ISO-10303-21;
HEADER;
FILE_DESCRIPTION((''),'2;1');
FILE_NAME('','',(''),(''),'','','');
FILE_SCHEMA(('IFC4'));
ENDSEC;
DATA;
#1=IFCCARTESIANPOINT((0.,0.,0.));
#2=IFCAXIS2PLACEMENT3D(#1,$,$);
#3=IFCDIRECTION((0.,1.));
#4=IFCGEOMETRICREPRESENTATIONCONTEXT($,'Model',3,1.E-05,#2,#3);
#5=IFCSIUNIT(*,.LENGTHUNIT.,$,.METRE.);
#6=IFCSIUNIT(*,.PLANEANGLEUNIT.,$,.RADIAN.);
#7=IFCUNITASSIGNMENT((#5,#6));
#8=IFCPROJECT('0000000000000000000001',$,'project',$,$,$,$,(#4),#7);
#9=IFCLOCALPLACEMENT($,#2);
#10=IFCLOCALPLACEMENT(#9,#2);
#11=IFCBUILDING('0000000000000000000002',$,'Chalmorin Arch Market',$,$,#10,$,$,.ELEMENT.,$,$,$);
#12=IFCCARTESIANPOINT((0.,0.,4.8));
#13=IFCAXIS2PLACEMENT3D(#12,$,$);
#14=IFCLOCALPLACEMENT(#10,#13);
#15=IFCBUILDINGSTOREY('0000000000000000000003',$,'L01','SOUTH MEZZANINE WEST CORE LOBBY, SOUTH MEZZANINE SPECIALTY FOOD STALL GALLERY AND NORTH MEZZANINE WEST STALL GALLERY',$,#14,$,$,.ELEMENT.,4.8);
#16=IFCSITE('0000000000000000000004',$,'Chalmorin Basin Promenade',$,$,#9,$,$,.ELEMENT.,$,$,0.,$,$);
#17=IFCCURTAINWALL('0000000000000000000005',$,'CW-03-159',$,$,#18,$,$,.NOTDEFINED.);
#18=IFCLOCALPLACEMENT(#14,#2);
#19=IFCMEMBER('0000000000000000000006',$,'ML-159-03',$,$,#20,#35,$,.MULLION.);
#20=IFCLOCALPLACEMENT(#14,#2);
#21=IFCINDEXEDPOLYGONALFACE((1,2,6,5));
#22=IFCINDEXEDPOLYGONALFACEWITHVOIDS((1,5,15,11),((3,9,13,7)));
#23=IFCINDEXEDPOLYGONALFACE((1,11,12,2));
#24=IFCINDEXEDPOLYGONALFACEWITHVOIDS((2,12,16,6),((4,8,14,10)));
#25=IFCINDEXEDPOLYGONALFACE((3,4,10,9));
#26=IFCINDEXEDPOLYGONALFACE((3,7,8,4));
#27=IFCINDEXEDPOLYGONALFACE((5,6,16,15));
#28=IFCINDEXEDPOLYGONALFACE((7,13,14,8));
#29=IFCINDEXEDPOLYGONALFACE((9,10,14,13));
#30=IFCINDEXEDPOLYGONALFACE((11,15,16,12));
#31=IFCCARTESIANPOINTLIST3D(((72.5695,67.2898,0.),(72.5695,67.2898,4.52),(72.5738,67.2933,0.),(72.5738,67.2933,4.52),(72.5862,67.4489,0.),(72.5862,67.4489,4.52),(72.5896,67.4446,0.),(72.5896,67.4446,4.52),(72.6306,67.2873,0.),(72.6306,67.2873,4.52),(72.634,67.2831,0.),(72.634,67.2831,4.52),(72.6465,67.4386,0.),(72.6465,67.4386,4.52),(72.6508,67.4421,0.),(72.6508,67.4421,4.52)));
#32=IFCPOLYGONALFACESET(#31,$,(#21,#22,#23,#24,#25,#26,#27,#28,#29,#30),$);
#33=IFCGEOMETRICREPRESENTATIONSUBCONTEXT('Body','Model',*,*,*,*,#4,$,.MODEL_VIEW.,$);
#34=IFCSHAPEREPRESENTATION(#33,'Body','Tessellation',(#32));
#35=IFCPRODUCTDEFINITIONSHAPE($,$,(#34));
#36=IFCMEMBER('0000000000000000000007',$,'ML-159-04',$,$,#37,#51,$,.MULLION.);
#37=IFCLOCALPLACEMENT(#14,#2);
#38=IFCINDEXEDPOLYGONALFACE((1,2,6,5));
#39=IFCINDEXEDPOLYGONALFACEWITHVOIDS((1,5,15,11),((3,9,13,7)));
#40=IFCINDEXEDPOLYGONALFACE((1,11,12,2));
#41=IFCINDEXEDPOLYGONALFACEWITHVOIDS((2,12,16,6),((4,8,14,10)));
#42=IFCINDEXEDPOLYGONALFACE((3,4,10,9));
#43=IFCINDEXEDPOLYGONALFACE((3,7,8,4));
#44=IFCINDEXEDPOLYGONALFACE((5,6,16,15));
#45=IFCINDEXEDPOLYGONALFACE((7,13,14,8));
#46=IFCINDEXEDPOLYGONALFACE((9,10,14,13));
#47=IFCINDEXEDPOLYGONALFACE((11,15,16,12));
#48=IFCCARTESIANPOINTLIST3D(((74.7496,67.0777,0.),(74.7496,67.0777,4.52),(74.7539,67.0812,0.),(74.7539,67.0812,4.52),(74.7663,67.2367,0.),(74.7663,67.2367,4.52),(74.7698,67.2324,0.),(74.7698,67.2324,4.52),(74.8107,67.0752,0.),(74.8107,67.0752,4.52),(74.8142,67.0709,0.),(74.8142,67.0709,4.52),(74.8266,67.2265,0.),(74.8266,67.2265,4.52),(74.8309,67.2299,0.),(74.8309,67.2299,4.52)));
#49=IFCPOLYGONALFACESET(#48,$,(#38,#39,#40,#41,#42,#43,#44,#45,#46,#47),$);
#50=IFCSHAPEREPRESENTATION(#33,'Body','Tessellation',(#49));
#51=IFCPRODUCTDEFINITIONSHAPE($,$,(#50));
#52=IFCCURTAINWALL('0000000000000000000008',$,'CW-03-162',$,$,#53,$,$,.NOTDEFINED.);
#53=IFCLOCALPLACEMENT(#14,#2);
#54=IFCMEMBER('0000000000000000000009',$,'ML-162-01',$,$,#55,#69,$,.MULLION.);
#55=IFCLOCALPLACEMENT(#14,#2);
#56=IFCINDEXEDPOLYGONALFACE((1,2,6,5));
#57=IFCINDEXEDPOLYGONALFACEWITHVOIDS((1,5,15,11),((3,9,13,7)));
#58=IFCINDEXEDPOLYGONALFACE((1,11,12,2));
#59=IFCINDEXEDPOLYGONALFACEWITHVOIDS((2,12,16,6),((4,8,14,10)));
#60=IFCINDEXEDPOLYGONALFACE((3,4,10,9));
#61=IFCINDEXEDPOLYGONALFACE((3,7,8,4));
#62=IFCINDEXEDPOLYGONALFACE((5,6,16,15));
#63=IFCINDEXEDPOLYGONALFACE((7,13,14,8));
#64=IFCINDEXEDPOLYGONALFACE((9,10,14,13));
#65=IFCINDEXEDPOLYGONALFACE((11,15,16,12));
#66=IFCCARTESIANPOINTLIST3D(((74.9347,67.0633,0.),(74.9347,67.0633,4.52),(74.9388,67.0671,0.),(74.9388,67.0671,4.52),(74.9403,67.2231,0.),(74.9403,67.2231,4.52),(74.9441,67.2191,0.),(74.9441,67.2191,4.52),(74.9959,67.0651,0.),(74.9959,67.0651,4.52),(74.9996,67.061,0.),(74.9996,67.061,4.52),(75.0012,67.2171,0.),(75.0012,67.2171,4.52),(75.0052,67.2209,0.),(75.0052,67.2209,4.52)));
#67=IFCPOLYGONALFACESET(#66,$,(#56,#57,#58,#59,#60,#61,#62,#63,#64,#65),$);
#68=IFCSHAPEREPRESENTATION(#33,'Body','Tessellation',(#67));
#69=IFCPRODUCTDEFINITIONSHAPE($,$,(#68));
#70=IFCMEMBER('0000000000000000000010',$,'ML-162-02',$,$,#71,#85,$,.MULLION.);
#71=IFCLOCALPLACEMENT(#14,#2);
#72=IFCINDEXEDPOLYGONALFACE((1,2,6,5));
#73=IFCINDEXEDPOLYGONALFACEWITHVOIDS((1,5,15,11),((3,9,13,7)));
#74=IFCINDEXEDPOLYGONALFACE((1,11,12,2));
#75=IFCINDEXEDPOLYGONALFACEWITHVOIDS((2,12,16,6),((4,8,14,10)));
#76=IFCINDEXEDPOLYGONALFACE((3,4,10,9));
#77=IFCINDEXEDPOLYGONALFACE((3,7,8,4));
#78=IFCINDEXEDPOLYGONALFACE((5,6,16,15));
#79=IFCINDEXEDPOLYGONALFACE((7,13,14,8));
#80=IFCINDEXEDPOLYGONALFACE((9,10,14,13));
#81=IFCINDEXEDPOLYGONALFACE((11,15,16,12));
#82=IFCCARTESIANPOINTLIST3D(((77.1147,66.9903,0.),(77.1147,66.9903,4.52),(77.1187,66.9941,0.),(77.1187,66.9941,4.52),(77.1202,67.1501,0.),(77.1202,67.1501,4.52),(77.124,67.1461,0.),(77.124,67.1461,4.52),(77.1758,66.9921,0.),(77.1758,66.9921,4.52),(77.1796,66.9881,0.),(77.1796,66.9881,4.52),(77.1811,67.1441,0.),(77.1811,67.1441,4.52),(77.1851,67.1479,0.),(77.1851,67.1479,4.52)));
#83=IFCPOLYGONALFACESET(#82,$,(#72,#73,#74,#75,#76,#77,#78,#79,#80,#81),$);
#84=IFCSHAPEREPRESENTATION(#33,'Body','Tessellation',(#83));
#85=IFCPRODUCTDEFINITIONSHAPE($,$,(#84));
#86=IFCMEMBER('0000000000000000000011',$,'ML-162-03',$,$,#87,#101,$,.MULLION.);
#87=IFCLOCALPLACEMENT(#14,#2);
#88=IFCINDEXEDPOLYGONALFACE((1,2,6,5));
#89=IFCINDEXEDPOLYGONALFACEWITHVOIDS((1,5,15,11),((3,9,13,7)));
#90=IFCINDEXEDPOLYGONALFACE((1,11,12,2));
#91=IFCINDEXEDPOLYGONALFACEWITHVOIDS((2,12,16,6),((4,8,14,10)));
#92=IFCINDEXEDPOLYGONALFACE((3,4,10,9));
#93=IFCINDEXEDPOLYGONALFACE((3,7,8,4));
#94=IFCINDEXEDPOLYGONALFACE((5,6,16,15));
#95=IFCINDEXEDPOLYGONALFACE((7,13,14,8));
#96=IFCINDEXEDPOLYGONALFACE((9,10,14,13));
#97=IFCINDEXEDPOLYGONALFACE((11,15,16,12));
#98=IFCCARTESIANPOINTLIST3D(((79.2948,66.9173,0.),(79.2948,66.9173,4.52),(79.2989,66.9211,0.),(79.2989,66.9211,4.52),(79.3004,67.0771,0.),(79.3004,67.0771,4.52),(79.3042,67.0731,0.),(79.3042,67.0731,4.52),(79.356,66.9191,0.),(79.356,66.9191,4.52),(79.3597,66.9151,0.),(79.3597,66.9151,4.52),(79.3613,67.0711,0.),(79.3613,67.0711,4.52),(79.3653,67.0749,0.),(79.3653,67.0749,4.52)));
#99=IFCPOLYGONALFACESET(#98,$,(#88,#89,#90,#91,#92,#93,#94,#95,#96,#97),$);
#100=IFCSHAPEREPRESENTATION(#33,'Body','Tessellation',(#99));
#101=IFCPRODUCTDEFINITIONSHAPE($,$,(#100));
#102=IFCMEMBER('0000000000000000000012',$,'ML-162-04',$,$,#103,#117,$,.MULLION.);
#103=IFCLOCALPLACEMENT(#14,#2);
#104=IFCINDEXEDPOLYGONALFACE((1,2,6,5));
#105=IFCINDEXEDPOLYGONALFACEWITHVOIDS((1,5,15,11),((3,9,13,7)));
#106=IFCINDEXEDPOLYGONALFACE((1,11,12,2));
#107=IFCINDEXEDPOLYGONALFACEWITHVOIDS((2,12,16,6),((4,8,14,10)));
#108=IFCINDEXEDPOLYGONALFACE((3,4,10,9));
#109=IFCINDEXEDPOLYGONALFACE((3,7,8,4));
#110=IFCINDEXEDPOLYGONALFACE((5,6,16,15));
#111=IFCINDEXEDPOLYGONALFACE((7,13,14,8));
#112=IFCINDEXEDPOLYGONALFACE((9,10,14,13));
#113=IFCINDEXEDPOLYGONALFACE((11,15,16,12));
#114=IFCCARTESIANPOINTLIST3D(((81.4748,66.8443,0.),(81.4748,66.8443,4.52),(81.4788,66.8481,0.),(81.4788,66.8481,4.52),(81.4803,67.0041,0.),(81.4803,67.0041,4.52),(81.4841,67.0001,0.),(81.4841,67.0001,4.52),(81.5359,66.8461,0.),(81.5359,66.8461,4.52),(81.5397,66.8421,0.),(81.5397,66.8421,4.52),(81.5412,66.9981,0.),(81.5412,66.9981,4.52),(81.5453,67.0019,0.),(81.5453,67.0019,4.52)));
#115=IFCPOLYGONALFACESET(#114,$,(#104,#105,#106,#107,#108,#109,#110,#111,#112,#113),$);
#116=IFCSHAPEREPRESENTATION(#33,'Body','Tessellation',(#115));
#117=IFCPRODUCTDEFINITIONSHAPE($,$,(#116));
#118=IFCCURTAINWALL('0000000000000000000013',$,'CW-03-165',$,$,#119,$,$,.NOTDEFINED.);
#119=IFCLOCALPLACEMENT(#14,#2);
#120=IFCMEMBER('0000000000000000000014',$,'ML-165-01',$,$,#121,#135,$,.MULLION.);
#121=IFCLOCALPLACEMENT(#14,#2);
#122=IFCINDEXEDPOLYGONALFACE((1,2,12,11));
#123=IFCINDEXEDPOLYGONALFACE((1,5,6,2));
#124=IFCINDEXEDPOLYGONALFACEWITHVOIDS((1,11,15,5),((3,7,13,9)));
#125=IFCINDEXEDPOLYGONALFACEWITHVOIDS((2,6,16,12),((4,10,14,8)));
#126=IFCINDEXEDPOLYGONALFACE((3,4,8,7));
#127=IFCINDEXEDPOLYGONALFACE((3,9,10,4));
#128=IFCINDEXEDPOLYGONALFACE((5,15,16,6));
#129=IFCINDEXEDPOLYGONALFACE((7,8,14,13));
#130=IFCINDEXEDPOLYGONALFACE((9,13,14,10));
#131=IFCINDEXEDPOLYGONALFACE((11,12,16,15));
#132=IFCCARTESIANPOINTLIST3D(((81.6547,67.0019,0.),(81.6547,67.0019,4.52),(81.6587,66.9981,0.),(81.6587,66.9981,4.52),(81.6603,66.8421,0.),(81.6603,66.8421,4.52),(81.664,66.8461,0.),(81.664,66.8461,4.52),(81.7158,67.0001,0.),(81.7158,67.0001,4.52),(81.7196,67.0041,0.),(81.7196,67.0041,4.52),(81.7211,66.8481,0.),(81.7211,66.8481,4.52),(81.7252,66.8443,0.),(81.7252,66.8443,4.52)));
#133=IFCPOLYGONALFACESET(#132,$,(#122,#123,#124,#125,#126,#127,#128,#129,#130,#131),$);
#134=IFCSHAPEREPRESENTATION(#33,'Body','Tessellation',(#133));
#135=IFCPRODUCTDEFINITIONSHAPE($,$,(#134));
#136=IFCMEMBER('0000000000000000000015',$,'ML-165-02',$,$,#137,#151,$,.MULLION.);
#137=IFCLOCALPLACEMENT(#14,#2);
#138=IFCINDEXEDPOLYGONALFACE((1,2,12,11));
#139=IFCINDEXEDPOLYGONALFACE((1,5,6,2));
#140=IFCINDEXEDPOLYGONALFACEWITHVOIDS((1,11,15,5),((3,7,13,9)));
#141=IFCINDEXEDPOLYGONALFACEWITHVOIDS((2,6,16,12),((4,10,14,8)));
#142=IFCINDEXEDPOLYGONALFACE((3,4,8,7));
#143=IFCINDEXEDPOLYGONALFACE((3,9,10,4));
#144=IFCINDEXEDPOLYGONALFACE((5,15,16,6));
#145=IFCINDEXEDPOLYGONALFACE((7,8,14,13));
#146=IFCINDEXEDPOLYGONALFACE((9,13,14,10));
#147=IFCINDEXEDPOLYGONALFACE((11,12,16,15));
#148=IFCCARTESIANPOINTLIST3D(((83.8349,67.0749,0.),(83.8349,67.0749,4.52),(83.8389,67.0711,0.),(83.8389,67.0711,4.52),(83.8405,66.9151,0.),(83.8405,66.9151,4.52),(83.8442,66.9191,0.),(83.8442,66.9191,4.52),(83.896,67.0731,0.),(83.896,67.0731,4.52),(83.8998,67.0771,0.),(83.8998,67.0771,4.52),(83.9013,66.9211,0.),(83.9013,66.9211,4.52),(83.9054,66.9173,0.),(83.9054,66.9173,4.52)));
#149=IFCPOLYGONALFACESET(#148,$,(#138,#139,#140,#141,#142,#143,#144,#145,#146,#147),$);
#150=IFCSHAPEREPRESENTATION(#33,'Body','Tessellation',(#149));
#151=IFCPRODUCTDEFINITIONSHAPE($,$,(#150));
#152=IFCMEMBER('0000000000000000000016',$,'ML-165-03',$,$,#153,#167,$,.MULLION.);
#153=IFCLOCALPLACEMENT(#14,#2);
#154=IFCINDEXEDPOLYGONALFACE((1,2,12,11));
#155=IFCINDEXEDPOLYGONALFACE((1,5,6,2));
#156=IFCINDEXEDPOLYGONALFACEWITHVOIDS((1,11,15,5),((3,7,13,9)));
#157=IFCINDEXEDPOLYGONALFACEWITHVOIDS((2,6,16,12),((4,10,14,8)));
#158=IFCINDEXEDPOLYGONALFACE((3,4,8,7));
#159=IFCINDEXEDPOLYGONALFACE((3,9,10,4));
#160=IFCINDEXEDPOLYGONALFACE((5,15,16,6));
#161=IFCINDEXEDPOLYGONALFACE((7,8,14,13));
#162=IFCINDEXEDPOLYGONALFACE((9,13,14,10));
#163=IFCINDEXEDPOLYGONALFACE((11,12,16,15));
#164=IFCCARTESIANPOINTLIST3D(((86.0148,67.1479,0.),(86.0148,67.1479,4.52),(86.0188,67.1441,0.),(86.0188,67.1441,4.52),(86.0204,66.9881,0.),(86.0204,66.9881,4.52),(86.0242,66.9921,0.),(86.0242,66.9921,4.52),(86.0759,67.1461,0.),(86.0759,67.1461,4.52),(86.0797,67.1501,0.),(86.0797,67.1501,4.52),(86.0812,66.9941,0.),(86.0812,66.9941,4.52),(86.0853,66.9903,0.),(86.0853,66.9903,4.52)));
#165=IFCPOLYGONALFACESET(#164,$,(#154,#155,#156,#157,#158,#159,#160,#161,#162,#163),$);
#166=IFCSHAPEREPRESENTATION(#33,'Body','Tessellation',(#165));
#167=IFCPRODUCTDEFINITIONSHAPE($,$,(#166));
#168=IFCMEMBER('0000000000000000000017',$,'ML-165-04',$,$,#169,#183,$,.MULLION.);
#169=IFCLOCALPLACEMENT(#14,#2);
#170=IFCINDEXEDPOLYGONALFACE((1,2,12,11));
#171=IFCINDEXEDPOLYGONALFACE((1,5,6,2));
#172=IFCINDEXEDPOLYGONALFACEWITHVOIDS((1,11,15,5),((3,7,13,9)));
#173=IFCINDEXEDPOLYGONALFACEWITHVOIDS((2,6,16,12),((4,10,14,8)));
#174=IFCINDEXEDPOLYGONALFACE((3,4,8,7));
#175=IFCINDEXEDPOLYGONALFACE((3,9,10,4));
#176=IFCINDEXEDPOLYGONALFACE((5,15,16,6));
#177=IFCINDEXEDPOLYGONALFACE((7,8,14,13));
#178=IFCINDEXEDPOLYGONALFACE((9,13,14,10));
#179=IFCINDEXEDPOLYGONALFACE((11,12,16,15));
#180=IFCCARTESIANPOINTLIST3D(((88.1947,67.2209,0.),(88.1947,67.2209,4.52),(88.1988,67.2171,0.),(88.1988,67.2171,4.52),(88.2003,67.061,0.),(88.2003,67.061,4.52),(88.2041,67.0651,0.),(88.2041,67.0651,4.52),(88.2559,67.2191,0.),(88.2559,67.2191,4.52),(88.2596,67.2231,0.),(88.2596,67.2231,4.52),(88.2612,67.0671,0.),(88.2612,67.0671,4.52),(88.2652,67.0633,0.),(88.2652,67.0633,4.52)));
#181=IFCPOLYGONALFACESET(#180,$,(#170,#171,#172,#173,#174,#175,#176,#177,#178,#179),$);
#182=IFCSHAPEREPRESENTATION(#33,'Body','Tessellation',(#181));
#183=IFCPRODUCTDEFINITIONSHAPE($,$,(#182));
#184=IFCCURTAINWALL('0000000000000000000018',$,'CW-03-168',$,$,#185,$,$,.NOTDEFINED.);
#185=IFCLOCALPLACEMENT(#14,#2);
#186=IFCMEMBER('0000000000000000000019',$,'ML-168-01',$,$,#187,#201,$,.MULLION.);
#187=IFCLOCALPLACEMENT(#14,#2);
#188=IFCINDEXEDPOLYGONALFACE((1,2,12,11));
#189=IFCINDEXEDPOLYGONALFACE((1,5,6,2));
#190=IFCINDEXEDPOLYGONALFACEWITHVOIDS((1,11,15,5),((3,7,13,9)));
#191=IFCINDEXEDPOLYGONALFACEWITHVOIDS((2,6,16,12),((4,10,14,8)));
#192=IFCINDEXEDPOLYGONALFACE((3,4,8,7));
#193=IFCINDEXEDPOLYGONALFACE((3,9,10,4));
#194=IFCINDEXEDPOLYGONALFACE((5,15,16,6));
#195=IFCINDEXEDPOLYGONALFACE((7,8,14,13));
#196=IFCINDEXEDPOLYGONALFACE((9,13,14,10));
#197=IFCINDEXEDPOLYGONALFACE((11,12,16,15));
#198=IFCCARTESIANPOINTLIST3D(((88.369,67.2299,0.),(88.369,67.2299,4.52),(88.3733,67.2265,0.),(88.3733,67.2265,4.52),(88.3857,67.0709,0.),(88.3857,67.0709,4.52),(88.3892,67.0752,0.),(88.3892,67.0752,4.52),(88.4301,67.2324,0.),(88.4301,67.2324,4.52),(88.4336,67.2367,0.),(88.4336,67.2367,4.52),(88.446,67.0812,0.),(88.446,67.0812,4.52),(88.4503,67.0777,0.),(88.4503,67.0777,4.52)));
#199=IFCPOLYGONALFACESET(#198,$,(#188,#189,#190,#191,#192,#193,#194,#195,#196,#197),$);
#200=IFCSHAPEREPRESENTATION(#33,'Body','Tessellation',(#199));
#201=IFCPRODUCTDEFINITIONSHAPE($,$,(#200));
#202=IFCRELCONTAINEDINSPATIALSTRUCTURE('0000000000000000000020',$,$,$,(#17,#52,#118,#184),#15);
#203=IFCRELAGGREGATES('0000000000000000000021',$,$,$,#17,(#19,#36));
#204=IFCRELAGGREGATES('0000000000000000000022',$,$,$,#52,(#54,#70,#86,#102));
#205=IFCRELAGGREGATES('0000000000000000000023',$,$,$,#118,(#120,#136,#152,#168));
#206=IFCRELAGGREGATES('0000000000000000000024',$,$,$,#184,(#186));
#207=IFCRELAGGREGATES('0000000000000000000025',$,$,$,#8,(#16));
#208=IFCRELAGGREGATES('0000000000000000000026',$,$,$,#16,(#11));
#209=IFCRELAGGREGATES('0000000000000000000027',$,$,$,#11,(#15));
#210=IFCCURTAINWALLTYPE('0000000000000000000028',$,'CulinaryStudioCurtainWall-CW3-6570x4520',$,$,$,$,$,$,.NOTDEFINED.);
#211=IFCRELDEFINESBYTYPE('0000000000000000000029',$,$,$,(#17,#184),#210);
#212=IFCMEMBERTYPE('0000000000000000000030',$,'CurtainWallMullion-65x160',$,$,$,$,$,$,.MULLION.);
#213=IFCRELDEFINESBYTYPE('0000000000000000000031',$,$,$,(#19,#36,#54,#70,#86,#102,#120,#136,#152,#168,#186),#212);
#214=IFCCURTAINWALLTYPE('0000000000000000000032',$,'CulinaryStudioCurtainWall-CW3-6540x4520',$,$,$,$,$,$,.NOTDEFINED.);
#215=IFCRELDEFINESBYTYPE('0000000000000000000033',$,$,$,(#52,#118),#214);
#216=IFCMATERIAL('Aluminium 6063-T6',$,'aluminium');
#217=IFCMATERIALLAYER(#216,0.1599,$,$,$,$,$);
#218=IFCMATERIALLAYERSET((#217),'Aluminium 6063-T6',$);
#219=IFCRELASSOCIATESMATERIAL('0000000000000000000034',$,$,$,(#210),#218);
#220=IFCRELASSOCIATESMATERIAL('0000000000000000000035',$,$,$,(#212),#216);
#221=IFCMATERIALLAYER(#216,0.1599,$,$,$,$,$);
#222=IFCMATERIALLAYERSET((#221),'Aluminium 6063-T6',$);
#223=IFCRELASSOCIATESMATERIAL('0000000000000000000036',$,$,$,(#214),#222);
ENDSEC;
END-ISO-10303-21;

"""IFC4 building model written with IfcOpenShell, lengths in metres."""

from ifc_helpers import new_model, si_unit, direction, frame, origin, origin_2d, place, context, subcontext, project, spatial, hollow_rectangle, extrude, material, layer, layer_set, material_profile, profile_set, type_object, element, aggregate, save


model = new_model("IFC4")

# Units and contexts
model_context = context("Model", 3, precision=1e-05, world=origin(), true_north=direction((0.0, 1.0)))
body_context = subcontext(model_context, "Body", "Model", "MODEL_VIEW")
ifc_project = project(units=[si_unit("LENGTHUNIT", "METRE"), si_unit("PLANEANGLEUNIT", "RADIAN")], contexts=[model_context])

# Site, building, storey
site_placement = place(None, origin())
site = spatial("IfcSite", under=ifc_project, at=site_placement, Name="Chalmorin Basin Promenade", CompositionType="ELEMENT", RefElevation=0.0)
building_placement = place(site_placement, origin())
building = spatial("IfcBuilding", under=site, at=building_placement, Name="Chalmorin Arch Market", CompositionType="ELEMENT")
storey_placement = place(building_placement, frame((0.0, 0.0, 4.8)))
storey = spatial("IfcBuildingStorey", under=building, at=storey_placement, Name="L01", Description="SOUTH MEZZANINE WEST CORE LOBBY, SOUTH MEZZANINE SPECIALTY FOOD STALL GALLERY AND NORTH MEZZANINE WEST STALL GALLERY", CompositionType="ELEMENT", Elevation=4.8)

# Curtain walls, members
ifc_material_1 = material(Name="Aluminium 6063-T6", Category="aluminium")
ifc_layer_1 = layer(ifc_material_1, 0.1599)
ifc_layer_set_1 = layer_set([ifc_layer_1], Name="Aluminium 6063-T6")
curtain_wall_type_1 = type_object("IfcCurtainWallType", Name="CulinaryStudioCurtainWall-CW3-6570x4520", PredefinedType="NOTDEFINED", material=ifc_layer_set_1)
curtain_wall_1_placement = place(storey_placement, origin())
curtain_wall_1 = element("IfcCurtainWall", 1, at=curtain_wall_1_placement, inside=storey, type_object=curtain_wall_type_1, Name="CW-03-159", PredefinedType="NOTDEFINED")
ifc_material_profile_1 = material_profile(ifc_material_1, hollow_rectangle(XDim=0.0649, YDim=0.1599, WallThickness=0.0039, at=origin_2d()), Name="ALU65X160X4")
ifc_profile_set_1 = profile_set([ifc_material_profile_1], Name="Aluminium 6063-T6")
member_type_1 = type_object("IfcMemberType", Name="CurtainWallMullion-65x160", PredefinedType="MULLION", material=ifc_profile_set_1)
member_1_placement = place(storey_placement, frame((72.6101, 67.366, 0.0), z_axis=(0.0, 0.0, 1.0), x_axis=(0.994522, -0.104528, 0.0)))
member_1 = element("IfcMember", 2, at=member_1_placement, type_object=member_type_1, Name="ML-159-03", PredefinedType="MULLION", context=body_context, shape_type="SweptSolid", body=[
    extrude(hollow_rectangle(XDim=0.0649, YDim=0.1599, WallThickness=0.0039, at=origin_2d()), origin(), (0.0, 0.0, 1.0), 4.52),
])
member_2_placement = place(storey_placement, frame((74.7903, 67.1538, 0.0), z_axis=(0.0, 0.0, 1.0), x_axis=(0.994522, -0.104528, 0.0)))
member_2 = element("IfcMember", 3, at=member_2_placement, type_object=member_type_1, Name="ML-159-04", PredefinedType="MULLION", context=body_context, shape_type="SweptSolid", body=[
    extrude(hollow_rectangle(XDim=0.0649, YDim=0.1599, WallThickness=0.0039, at=origin_2d()), origin(), (0.0, 0.0, 1.0), 4.52),
])
ifc_layer_2 = layer(ifc_material_1, 0.1599)
ifc_layer_set_2 = layer_set([ifc_layer_2], Name="Aluminium 6063-T6")
curtain_wall_type_2 = type_object("IfcCurtainWallType", Name="CulinaryStudioCurtainWall-CW3-6540x4520", PredefinedType="NOTDEFINED", material=ifc_layer_set_2)
curtain_wall_2_placement = place(storey_placement, origin())
curtain_wall_2 = element("IfcCurtainWall", 4, at=curtain_wall_2_placement, inside=storey, type_object=curtain_wall_type_2, Name="CW-03-162", PredefinedType="NOTDEFINED")
member_3_placement = place(storey_placement, frame((74.97, 67.1421, 0.0), z_axis=(0.0, 0.0, 1.0), x_axis=(0.999391, -0.034899, 0.0)))
member_3 = element("IfcMember", 5, at=member_3_placement, type_object=member_type_1, Name="ML-162-01", PredefinedType="MULLION", context=body_context, shape_type="SweptSolid", body=[
    extrude(hollow_rectangle(XDim=0.0649, YDim=0.1599, WallThickness=0.0039, at=origin_2d()), origin(), (0.0, 0.0, 1.0), 4.52),
])
member_4_placement = place(storey_placement, frame((77.1499, 67.0691, 0.0), z_axis=(0.0, 0.0, 1.0), x_axis=(0.999391, -0.034899, 0.0)))
member_4 = element("IfcMember", 6, at=member_4_placement, type_object=member_type_1, Name="ML-162-02", PredefinedType="MULLION", context=body_context, shape_type="SweptSolid", body=[
    extrude(hollow_rectangle(XDim=0.0649, YDim=0.1599, WallThickness=0.0039, at=origin_2d()), origin(), (0.0, 0.0, 1.0), 4.52),
])
member_5_placement = place(storey_placement, frame((79.3301, 66.9961, 0.0), z_axis=(0.0, 0.0, 1.0), x_axis=(0.999391, -0.034899, 0.0)))
member_5 = element("IfcMember", 7, at=member_5_placement, type_object=member_type_1, Name="ML-162-03", PredefinedType="MULLION", context=body_context, shape_type="SweptSolid", body=[
    extrude(hollow_rectangle(XDim=0.0649, YDim=0.1599, WallThickness=0.0039, at=origin_2d()), origin(), (0.0, 0.0, 1.0), 4.52),
])
member_6_placement = place(storey_placement, frame((81.51, 66.9231, 0.0), z_axis=(0.0, 0.0, 1.0), x_axis=(0.999391, -0.034899, 0.0)))
member_6 = element("IfcMember", 8, at=member_6_placement, type_object=member_type_1, Name="ML-162-04", PredefinedType="MULLION", context=body_context, shape_type="SweptSolid", body=[
    extrude(hollow_rectangle(XDim=0.0649, YDim=0.1599, WallThickness=0.0039, at=origin_2d()), origin(), (0.0, 0.0, 1.0), 4.52),
])
curtain_wall_3_placement = place(storey_placement, origin())
curtain_wall_3 = element("IfcCurtainWall", 9, at=curtain_wall_3_placement, inside=storey, type_object=curtain_wall_type_2, Name="CW-03-165", PredefinedType="NOTDEFINED")
member_7_placement = place(storey_placement, frame((81.6899, 66.9231, 0.0), z_axis=(0.0, 0.0, 1.0), x_axis=(0.999391, 0.034899, 0.0)))
member_7 = element("IfcMember", 10, at=member_7_placement, type_object=member_type_1, Name="ML-165-01", PredefinedType="MULLION", context=body_context, shape_type="SweptSolid", body=[
    extrude(hollow_rectangle(XDim=0.0649, YDim=0.1599, WallThickness=0.0039, at=origin_2d()), origin(), (0.0, 0.0, 1.0), 4.52),
])
member_8_placement = place(storey_placement, frame((83.8701, 66.9961, 0.0), z_axis=(0.0, 0.0, 1.0), x_axis=(0.999391, 0.034899, 0.0)))
member_8 = element("IfcMember", 11, at=member_8_placement, type_object=member_type_1, Name="ML-165-02", PredefinedType="MULLION", context=body_context, shape_type="SweptSolid", body=[
    extrude(hollow_rectangle(XDim=0.0649, YDim=0.1599, WallThickness=0.0039, at=origin_2d()), origin(), (0.0, 0.0, 1.0), 4.52),
])
member_9_placement = place(storey_placement, frame((86.05, 67.0691, 0.0), z_axis=(0.0, 0.0, 1.0), x_axis=(0.999391, 0.034899, 0.0)))
member_9 = element("IfcMember", 12, at=member_9_placement, type_object=member_type_1, Name="ML-165-03", PredefinedType="MULLION", context=body_context, shape_type="SweptSolid", body=[
    extrude(hollow_rectangle(XDim=0.0649, YDim=0.1599, WallThickness=0.0039, at=origin_2d()), origin(), (0.0, 0.0, 1.0), 4.52),
])
member_10_placement = place(storey_placement, frame((88.23, 67.1421, 0.0), z_axis=(0.0, 0.0, 1.0), x_axis=(0.999391, 0.034899, 0.0)))
member_10 = element("IfcMember", 13, at=member_10_placement, type_object=member_type_1, Name="ML-165-04", PredefinedType="MULLION", context=body_context, shape_type="SweptSolid", body=[
    extrude(hollow_rectangle(XDim=0.0649, YDim=0.1599, WallThickness=0.0039, at=origin_2d()), origin(), (0.0, 0.0, 1.0), 4.52),
])
curtain_wall_4_placement = place(storey_placement, origin())
curtain_wall_4 = element("IfcCurtainWall", 14, at=curtain_wall_4_placement, inside=storey, type_object=curtain_wall_type_1, Name="CW-03-168", PredefinedType="NOTDEFINED")
member_11_placement = place(storey_placement, frame((88.4097, 67.1538, 0.0), z_axis=(0.0, 0.0, 1.0), x_axis=(0.994522, 0.104528, 0.0)))
member_11 = element("IfcMember", 15, at=member_11_placement, type_object=member_type_1, Name="ML-168-01", PredefinedType="MULLION", context=body_context, shape_type="SweptSolid", body=[
    extrude(hollow_rectangle(XDim=0.0649, YDim=0.1599, WallThickness=0.0039, at=origin_2d()), origin(), (0.0, 0.0, 1.0), 4.52),
])

aggregate(curtain_wall_1, [member_1, member_2])
aggregate(curtain_wall_2, [member_3, member_4, member_5, member_6])
aggregate(curtain_wall_3, [member_7, member_8, member_9, member_10])
aggregate(curtain_wall_4, [member_11])

save(model, "model.ifc")
